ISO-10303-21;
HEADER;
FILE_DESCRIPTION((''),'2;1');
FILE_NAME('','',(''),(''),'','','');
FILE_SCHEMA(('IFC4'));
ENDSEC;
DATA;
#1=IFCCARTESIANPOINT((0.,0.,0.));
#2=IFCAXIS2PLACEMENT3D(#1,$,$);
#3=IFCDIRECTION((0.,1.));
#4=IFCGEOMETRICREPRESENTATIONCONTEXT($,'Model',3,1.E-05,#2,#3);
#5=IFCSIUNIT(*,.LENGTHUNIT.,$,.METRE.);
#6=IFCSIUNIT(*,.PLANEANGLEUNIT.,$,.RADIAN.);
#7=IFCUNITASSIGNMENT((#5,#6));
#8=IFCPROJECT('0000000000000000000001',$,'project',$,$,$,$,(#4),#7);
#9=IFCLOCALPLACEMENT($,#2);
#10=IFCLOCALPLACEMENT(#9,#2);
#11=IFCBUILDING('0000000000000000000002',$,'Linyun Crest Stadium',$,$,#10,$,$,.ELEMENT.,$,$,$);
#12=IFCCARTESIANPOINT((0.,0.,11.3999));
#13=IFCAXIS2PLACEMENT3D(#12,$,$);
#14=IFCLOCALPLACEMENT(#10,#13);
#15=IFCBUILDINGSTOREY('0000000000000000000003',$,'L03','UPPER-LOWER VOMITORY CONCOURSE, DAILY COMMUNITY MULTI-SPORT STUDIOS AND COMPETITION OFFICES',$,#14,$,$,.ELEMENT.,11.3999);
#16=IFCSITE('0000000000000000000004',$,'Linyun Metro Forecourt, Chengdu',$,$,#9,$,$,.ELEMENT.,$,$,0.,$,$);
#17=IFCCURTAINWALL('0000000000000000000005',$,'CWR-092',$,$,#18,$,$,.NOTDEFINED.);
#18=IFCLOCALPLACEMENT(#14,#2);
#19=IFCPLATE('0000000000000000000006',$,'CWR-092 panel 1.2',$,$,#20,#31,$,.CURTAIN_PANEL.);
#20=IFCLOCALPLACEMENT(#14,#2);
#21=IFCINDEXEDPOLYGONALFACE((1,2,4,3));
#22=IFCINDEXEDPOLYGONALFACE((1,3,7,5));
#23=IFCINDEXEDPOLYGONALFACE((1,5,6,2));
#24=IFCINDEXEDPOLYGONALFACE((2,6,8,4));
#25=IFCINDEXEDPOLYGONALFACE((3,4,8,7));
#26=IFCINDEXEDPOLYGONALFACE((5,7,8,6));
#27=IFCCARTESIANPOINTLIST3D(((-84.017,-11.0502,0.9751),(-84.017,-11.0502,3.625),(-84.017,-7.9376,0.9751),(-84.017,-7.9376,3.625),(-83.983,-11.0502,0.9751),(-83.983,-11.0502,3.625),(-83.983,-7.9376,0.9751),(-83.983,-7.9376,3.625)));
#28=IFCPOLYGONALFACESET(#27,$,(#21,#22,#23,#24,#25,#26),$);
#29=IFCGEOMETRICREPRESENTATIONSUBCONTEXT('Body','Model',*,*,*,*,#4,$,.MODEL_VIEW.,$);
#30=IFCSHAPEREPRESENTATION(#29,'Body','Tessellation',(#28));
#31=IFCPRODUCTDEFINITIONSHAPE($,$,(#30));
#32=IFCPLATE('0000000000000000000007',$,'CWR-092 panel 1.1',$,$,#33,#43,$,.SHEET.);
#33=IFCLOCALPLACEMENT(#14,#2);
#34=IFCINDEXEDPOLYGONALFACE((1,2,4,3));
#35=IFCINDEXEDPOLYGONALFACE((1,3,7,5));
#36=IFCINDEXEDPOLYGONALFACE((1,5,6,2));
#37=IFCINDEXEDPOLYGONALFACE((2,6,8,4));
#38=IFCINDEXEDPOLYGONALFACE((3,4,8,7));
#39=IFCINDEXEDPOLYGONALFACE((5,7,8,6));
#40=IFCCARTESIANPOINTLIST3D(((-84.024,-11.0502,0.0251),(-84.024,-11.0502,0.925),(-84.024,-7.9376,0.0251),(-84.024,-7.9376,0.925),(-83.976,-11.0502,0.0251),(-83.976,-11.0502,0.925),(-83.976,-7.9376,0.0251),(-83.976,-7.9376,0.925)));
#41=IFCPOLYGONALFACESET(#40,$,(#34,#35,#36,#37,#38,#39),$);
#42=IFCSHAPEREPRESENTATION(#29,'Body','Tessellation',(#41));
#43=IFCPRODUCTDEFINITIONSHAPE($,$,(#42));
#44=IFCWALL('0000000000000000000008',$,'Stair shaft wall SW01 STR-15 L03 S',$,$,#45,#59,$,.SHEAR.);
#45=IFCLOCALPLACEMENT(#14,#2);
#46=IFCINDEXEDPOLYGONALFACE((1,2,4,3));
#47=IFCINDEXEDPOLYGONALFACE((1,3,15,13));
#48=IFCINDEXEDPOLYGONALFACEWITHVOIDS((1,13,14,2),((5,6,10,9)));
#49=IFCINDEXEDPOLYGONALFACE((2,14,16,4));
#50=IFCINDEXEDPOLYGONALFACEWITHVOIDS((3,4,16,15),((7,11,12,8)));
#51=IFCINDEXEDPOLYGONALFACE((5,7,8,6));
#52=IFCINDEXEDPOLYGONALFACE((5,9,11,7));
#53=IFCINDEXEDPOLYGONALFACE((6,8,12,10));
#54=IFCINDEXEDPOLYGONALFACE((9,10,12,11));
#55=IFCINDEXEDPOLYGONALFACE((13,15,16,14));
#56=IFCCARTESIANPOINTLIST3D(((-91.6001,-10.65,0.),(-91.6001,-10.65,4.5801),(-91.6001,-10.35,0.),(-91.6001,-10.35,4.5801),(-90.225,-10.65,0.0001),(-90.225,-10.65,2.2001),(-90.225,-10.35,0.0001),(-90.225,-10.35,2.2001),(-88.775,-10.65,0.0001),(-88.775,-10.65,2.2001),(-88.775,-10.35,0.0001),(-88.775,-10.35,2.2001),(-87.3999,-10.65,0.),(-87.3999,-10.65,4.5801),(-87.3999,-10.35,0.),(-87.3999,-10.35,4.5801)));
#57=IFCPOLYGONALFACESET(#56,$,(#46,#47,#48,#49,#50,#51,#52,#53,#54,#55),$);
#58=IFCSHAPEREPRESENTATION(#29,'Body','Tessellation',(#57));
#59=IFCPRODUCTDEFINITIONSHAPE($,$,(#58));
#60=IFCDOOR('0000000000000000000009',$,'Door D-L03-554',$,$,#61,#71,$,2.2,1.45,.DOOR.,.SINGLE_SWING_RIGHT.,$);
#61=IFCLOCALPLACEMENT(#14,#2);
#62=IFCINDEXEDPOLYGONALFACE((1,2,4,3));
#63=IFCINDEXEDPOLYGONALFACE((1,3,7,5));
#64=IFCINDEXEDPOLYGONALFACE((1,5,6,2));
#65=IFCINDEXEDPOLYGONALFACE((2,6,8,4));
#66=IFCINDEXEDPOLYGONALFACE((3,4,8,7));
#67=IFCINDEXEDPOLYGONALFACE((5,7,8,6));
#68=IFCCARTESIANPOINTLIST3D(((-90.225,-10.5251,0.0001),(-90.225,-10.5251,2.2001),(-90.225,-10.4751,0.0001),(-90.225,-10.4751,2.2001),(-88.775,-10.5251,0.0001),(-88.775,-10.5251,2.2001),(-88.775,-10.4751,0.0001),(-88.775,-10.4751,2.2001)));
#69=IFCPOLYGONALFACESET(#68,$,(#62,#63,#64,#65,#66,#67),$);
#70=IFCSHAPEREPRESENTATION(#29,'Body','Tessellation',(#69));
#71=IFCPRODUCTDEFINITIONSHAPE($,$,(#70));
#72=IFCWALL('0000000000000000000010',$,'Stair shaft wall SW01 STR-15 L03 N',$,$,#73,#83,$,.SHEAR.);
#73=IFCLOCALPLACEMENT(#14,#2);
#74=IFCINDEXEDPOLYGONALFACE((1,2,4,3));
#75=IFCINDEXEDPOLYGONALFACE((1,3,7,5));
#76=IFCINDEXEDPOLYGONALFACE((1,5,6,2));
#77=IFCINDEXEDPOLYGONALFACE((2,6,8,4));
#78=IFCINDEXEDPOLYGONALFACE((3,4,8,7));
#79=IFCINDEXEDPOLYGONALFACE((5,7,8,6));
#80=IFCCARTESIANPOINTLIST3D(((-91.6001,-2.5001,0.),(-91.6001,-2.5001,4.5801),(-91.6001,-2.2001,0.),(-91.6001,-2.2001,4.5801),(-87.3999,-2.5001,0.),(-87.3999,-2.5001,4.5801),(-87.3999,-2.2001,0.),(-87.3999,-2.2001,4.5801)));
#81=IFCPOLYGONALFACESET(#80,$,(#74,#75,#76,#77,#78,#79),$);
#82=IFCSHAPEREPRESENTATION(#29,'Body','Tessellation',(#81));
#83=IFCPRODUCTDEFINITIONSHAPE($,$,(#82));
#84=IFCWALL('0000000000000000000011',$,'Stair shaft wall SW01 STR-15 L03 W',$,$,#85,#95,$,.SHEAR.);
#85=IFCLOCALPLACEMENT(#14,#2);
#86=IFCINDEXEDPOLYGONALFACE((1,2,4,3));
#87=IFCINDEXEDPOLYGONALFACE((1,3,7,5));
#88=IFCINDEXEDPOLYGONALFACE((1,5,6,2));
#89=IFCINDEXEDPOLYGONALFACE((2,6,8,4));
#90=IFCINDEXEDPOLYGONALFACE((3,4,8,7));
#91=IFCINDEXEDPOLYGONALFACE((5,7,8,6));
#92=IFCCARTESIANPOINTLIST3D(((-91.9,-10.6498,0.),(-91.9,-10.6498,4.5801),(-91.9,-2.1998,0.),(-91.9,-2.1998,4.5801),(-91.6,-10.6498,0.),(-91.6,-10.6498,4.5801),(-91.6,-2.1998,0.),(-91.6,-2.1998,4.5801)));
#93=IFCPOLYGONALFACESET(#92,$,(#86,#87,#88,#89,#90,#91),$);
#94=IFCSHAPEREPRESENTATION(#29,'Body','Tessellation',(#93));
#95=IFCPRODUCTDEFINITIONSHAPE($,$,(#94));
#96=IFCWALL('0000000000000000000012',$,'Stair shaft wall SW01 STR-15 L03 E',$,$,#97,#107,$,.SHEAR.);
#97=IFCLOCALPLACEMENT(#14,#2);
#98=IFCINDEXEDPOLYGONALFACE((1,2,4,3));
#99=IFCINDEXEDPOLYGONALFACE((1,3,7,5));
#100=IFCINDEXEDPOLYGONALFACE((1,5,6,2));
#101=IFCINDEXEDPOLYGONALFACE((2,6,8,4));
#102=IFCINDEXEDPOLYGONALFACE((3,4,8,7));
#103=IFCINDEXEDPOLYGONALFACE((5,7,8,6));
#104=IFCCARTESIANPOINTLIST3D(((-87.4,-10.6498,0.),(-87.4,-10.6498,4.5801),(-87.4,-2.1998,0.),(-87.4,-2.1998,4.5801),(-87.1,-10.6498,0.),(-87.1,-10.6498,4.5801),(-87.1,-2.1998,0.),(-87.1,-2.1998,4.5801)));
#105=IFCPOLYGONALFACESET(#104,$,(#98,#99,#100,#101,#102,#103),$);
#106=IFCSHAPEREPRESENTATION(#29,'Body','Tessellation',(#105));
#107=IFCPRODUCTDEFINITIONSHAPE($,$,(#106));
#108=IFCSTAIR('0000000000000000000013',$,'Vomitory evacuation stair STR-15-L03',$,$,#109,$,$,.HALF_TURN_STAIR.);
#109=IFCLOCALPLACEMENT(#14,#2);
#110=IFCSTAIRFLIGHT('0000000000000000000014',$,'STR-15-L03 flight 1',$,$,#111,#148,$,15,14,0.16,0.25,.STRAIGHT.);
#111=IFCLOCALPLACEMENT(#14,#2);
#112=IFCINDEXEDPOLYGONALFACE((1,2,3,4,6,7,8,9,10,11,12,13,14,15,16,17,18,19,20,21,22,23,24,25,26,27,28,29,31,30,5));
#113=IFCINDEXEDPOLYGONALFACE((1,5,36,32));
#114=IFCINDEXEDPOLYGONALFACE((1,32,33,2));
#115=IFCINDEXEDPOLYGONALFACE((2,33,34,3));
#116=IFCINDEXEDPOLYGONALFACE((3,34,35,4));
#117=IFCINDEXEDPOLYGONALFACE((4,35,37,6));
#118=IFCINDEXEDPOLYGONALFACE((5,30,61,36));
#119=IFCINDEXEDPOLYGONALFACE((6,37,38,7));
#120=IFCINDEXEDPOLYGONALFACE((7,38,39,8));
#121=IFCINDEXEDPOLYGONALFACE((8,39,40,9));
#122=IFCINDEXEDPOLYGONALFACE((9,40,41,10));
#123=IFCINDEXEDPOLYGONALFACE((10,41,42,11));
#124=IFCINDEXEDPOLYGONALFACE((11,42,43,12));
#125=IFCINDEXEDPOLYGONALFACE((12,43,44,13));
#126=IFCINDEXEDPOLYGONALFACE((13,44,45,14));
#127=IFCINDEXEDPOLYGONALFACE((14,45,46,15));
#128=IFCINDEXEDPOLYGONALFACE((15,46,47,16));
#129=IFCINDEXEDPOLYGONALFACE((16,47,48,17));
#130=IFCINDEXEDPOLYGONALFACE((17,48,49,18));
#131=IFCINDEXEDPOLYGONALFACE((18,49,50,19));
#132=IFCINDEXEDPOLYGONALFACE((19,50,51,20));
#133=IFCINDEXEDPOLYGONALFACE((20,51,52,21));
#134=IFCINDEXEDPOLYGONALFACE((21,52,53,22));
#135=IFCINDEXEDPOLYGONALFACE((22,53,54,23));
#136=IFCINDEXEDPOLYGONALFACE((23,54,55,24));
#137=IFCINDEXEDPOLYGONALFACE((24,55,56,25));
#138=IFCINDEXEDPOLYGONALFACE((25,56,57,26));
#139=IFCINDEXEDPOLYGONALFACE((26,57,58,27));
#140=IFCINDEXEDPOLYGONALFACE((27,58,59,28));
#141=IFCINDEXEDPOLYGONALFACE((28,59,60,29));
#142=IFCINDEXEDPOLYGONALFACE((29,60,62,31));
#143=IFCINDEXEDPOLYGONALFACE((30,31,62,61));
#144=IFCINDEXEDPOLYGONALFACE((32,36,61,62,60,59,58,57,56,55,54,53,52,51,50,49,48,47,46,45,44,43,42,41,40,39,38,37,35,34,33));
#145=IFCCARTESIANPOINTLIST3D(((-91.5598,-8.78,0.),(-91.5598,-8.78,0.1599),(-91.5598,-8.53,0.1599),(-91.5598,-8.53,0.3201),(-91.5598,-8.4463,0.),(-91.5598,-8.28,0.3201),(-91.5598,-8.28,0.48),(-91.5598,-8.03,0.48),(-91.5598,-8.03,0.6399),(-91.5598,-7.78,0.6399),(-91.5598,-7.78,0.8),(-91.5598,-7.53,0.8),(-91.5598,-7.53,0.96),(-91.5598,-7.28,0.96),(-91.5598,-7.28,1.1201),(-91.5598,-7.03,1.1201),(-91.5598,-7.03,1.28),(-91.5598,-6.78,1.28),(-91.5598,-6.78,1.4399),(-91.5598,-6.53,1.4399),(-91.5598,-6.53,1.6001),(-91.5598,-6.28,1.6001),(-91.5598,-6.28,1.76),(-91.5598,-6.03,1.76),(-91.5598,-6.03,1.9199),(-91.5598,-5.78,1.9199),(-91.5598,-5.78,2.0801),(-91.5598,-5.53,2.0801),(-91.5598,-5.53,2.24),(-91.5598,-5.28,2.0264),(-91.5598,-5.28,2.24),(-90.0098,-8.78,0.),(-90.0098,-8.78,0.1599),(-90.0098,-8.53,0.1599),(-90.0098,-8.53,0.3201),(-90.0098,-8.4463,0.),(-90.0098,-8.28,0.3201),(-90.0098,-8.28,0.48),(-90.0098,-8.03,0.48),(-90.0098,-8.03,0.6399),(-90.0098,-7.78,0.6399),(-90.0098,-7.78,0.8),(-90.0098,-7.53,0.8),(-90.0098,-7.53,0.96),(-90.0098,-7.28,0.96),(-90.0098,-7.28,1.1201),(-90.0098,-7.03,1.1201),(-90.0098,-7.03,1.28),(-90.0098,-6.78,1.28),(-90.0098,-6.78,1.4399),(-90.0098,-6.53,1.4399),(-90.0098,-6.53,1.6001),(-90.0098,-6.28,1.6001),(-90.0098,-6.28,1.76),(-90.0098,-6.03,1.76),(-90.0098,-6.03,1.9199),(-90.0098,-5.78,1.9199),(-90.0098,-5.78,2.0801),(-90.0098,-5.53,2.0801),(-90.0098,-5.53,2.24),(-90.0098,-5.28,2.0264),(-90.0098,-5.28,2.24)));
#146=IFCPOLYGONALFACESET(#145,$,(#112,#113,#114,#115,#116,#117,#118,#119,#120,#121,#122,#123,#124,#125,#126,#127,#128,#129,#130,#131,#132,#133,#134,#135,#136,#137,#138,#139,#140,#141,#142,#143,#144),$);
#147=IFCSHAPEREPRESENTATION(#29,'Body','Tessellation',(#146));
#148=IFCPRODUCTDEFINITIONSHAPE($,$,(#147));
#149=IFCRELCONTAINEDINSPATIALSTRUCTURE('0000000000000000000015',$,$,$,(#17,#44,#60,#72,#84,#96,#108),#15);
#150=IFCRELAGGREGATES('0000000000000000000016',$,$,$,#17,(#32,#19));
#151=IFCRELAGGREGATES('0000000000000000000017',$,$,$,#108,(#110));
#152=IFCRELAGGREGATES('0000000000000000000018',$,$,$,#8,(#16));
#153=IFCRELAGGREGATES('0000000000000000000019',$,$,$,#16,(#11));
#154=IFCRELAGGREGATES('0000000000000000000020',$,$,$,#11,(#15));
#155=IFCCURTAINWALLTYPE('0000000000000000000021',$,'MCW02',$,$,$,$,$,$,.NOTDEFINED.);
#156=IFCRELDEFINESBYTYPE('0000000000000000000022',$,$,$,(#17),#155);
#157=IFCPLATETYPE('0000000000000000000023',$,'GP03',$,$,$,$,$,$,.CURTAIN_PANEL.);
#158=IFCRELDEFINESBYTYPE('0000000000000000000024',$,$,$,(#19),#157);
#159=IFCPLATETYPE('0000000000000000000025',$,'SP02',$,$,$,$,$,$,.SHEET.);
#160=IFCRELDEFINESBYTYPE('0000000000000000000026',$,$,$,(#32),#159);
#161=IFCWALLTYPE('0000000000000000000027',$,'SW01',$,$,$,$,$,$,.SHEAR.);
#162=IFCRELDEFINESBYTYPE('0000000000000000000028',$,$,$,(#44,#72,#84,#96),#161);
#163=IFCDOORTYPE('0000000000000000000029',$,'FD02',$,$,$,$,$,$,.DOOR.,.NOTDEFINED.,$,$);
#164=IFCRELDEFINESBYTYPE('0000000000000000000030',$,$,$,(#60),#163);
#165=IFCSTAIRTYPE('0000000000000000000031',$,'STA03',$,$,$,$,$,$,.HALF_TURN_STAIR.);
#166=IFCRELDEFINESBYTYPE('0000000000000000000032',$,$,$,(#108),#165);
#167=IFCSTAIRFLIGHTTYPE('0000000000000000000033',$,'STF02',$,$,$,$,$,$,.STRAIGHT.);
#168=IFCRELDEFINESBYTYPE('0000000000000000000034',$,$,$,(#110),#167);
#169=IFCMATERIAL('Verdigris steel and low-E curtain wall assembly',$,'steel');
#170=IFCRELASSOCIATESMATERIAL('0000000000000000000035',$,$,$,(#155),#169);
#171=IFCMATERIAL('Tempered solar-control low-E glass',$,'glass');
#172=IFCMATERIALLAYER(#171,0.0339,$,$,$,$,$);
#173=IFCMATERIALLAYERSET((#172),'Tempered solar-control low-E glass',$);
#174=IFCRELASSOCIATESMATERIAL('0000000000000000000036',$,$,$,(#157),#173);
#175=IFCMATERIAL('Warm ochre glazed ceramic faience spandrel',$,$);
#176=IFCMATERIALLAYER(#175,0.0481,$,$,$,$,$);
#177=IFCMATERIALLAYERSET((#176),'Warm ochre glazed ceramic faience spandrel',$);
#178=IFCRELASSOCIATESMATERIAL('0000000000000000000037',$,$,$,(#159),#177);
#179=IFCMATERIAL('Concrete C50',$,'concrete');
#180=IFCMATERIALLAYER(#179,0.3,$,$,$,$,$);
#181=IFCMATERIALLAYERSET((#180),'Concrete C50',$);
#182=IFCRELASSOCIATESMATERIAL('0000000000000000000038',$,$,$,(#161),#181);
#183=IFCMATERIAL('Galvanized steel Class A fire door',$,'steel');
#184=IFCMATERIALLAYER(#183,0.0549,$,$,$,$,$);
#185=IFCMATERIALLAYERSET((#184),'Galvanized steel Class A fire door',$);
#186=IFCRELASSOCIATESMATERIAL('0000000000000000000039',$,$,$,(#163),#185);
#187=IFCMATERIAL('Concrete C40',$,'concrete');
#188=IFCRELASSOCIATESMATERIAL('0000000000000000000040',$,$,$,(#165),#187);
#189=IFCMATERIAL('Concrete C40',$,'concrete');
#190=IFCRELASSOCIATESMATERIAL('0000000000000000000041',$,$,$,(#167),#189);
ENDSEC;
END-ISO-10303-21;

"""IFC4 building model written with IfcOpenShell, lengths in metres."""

from ifc_helpers import new_model, si_unit, direction, frame, frame_2d, origin, origin_2d, place, context, subcontext, project, spatial, polyline, rectangle, outline, extrude, material, layer, layer_set, type_object, element, fill, aggregate, save


model = new_model("IFC4")

# Units and contexts
model_context = context("Model", 3, precision=1e-05, world=origin(), true_north=direction((0.0, 1.0)))
body_context = subcontext(model_context, "Body", "Model", "MODEL_VIEW")
ifc_project = project(units=[si_unit("LENGTHUNIT", "METRE"), si_unit("PLANEANGLEUNIT", "RADIAN")], contexts=[model_context])

# Site, building, storey
site_placement = place(None, origin())
site = spatial("IfcSite", under=ifc_project, at=site_placement, Name="Linyun Metro Forecourt, Chengdu", CompositionType="ELEMENT", RefElevation=0.0)
building_placement = place(site_placement, origin())
building = spatial("IfcBuilding", under=site, at=building_placement, Name="Linyun Crest Stadium", CompositionType="ELEMENT")
storey_placement = place(building_placement, frame((0.0, 0.0, 11.3999)))
storey = spatial("IfcBuildingStorey", under=building, at=storey_placement, Name="L03", Description="UPPER-LOWER VOMITORY CONCOURSE, DAILY COMMUNITY MULTI-SPORT STUDIOS AND COMPETITION OFFICES", CompositionType="ELEMENT", Elevation=11.3999)

# Curtain wall
ifc_material_1 = material(Name="Verdigris steel and low-E curtain wall assembly", Category="steel")
curtain_wall_type = type_object("IfcCurtainWallType", Name="MCW02", PredefinedType="NOTDEFINED", material=ifc_material_1)
curtain_wall_placement = place(storey_placement, origin())
curtain_wall = element("IfcCurtainWall", 1, at=curtain_wall_placement, inside=storey, type_object=curtain_wall_type, Name="CWR-092", PredefinedType="NOTDEFINED")

# Plates
ifc_material_2 = material(Name="Tempered solar-control low-E glass", Category="glass")
ifc_layer_1 = layer(ifc_material_2, 0.0339)
ifc_layer_set_1 = layer_set([ifc_layer_1], Name="Tempered solar-control low-E glass")
plate_type_1 = type_object("IfcPlateType", Name="GP03", PredefinedType="CURTAIN_PANEL", material=ifc_layer_set_1)
plate_1_placement = place(storey_placement, frame((-84.0, -9.4939, 0.9751), z_axis=(0.0, 0.0, 1.0), x_axis=(0.0, 1.0, 0.0)))
plate_1 = element("IfcPlate", 2, at=plate_1_placement, type_object=plate_type_1, Name="CWR-092 panel 1.2", PredefinedType="CURTAIN_PANEL", context=body_context, shape_type="SweptSolid", body=[
    extrude(rectangle(XDim=3.1125, YDim=0.0339, at=origin_2d()), origin(), (0.0, 0.0, 1.0), 2.6499),
])
ifc_material_3 = material(Name="Warm ochre glazed ceramic faience spandrel")
ifc_layer_2 = layer(ifc_material_3, 0.0481)
ifc_layer_set_2 = layer_set([ifc_layer_2], Name="Warm ochre glazed ceramic faience spandrel")
plate_type_2 = type_object("IfcPlateType", Name="SP02", PredefinedType="SHEET", material=ifc_layer_set_2)
plate_2_placement = place(storey_placement, frame((-84.0, -9.4939, 0.0251), z_axis=(0.0, 0.0, 1.0), x_axis=(0.0, 1.0, 0.0)))
plate_2 = element("IfcPlate", 3, at=plate_2_placement, type_object=plate_type_2, Name="CWR-092 panel 1.1", PredefinedType="SHEET", context=body_context, shape_type="SweptSolid", body=[
    extrude(rectangle(XDim=3.1125, YDim=0.0481, at=origin_2d()), origin(), (0.0, 0.0, 1.0), 0.8999),
])
aggregate(curtain_wall, [plate_2, plate_1])

# Wall, opening, door
ifc_material_4 = material(Name="Concrete C50", Category="concrete")
ifc_layer_3 = layer(ifc_material_4, 0.3)
ifc_layer_set_3 = layer_set([ifc_layer_3], Name="Concrete C50")
wall_type = type_object("IfcWallType", Name="SW01", PredefinedType="SHEAR", material=ifc_layer_set_3)
wall_1_placement = place(storey_placement, frame((-91.6001, -10.5, 0.0), z_axis=(0.0, 0.0, 1.0), x_axis=(1.0, 0.0, 0.0)))
wall_1 = element("IfcWall", 4, at=wall_1_placement, inside=storey, type_object=wall_type, Name="Stair shaft wall SW01 STR-15 L03 S", PredefinedType="SHEAR", context=body_context, shape_type="SweptSolid", body=[
    extrude(rectangle(XDim=4.2002, YDim=0.3, at=frame_2d((2.1001, 0.0))), origin(), (0.0, 0.0, 1.0), 4.5801),
])
opening_placement = place(wall_1_placement, frame((1.375, 0.0, 0.0)))
opening = element("IfcOpeningElement", 5, at=opening_placement, cuts=wall_1, PredefinedType="OPENING", context=body_context, shape_type="SweptSolid", body=[
    extrude(rectangle(XDim=1.45, YDim=2.2, at=frame_2d((0.7251, 1.1001))), frame((0.0, 0.1599, 0.0), z_axis=(0.0, -1.0, 0.0), x_axis=(1.0, 0.0, 0.0)), (0.0, 0.0, 1.0), 0.3201),
])
ifc_material_5 = material(Name="Galvanized steel Class A fire door", Category="steel")
ifc_layer_4 = layer(ifc_material_5, 0.0549)
ifc_layer_set_4 = layer_set([ifc_layer_4], Name="Galvanized steel Class A fire door")
door_type = type_object("IfcDoorType", Name="FD02", OperationType="NOTDEFINED", PredefinedType="DOOR", material=ifc_layer_set_4)
door_placement = place(opening_placement, origin())
door = element("IfcDoor", 6, at=door_placement, inside=storey, type_object=door_type, Name="Door D-L03-554", OperationType="SINGLE_SWING_RIGHT", OverallHeight=2.2, OverallWidth=1.45, PredefinedType="DOOR", context=body_context, shape_type="SweptSolid", body=[
    extrude(rectangle(XDim=1.45, YDim=2.2, at=frame_2d((0.7251, 1.1001))), frame((0.0, 0.0249, 0.0), z_axis=(0.0, -1.0, 0.0), x_axis=(1.0, 0.0, 0.0)), (0.0, 0.0, 1.0), 0.05),
])
fill(opening, door)

# Walls
wall_2_placement = place(storey_placement, frame((-91.6001, -2.3501, 0.0), z_axis=(0.0, 0.0, 1.0), x_axis=(1.0, 0.0, 0.0)))
element("IfcWall", 7, at=wall_2_placement, inside=storey, type_object=wall_type, Name="Stair shaft wall SW01 STR-15 L03 N", PredefinedType="SHEAR", context=body_context, shape_type="SweptSolid", body=[
    extrude(rectangle(XDim=4.2002, YDim=0.3, at=frame_2d((2.1001, 0.0))), origin(), (0.0, 0.0, 1.0), 4.5801),
])
for number, where, z_axis, x_axis, name in (
    (8, (-91.75, -10.6499, 0.0), (0.0, 0.0, 1.0), (0.0, 1.0, 0.0), "Stair shaft wall SW01 STR-15 L03 W"),
    (9, (-87.25, -10.6499, 0.0), (0.0, 0.0, 1.0), (0.0, 1.0, 0.0), "Stair shaft wall SW01 STR-15 L03 E"),
):
    element("IfcWall", number, at=place(storey_placement, frame(where, z_axis=z_axis, x_axis=x_axis)), inside=storey, type_object=wall_type, Name=name, PredefinedType="SHEAR", context=body_context, shape_type="SweptSolid", body=[
        extrude(rectangle(XDim=8.45, YDim=0.3, at=frame_2d((4.2251, 0.0))), origin(), (0.0, 0.0, 1.0), 4.5801),
    ])

# Stair, stair flight
ifc_material_6 = material(Name="Concrete C40", Category="concrete")
stair_type = type_object("IfcStairType", Name="STA03", PredefinedType="HALF_TURN_STAIR", material=ifc_material_6)
stair_placement = place(storey_placement, origin())
stair = element("IfcStair", 10, at=stair_placement, inside=storey, type_object=stair_type, Name="Vomitory evacuation stair STR-15-L03", PredefinedType="HALF_TURN_STAIR")
ifc_material_7 = material(Name="Concrete C40", Category="concrete")
stair_flight_type = type_object("IfcStairFlightType", Name="STF02", PredefinedType="STRAIGHT", material=ifc_material_7)
stair_flight_1_placement = place(storey_placement, frame((-90.7849, -8.78, 0.0), z_axis=(0.0, 0.0, 1.0), x_axis=(0.0, 1.0, 0.0)))
stair_flight_1 = element("IfcStairFlight", 11, at=stair_flight_1_placement, type_object=stair_flight_type, Name="STR-15-L03 flight 1", NumberOfRisers=15, NumberOfTreads=14, PredefinedType="STRAIGHT", RiserHeight=0.16, TreadLength=0.25, context=body_context, shape_type="SweptSolid", body=[
    extrude(outline(polyline([(0.0, 0.0), (0.0, 0.1599), (0.25, 0.1599), (0.25, 0.3201), (0.5, 0.3201), (0.5, 0.48), (0.75, 0.48), (0.75, 0.6399), (1.0, 0.6399), (1.0, 0.8), (1.25, 0.8), (1.25, 0.96), (1.5, 0.96), (1.5, 1.1201), (1.75, 1.1201), (1.75, 1.28), (2.0, 1.28), (2.0, 1.4399), (2.25, 1.4399), (2.25, 1.6001), (2.5, 1.6001), (2.5, 1.76), (2.75, 1.76), (2.75, 1.9199), (3.0, 1.9199), (3.0, 2.0801), (3.25, 2.0801), (3.25, 2.24), (3.5, 2.24), (3.5, 2.3999), (3.5, 2.0264), (0.3337, 0.0), (0.0, 0.0)])), frame((0.0, 0.7749, 0.0), z_axis=(0.0, -1.0, 0.0), x_axis=(1.0, 0.0, 0.0)), (0.0, 0.0, 1.0), 1.55),
])
aggregate(stair, [stair_flight_1])

save(model, "model.ifc")
